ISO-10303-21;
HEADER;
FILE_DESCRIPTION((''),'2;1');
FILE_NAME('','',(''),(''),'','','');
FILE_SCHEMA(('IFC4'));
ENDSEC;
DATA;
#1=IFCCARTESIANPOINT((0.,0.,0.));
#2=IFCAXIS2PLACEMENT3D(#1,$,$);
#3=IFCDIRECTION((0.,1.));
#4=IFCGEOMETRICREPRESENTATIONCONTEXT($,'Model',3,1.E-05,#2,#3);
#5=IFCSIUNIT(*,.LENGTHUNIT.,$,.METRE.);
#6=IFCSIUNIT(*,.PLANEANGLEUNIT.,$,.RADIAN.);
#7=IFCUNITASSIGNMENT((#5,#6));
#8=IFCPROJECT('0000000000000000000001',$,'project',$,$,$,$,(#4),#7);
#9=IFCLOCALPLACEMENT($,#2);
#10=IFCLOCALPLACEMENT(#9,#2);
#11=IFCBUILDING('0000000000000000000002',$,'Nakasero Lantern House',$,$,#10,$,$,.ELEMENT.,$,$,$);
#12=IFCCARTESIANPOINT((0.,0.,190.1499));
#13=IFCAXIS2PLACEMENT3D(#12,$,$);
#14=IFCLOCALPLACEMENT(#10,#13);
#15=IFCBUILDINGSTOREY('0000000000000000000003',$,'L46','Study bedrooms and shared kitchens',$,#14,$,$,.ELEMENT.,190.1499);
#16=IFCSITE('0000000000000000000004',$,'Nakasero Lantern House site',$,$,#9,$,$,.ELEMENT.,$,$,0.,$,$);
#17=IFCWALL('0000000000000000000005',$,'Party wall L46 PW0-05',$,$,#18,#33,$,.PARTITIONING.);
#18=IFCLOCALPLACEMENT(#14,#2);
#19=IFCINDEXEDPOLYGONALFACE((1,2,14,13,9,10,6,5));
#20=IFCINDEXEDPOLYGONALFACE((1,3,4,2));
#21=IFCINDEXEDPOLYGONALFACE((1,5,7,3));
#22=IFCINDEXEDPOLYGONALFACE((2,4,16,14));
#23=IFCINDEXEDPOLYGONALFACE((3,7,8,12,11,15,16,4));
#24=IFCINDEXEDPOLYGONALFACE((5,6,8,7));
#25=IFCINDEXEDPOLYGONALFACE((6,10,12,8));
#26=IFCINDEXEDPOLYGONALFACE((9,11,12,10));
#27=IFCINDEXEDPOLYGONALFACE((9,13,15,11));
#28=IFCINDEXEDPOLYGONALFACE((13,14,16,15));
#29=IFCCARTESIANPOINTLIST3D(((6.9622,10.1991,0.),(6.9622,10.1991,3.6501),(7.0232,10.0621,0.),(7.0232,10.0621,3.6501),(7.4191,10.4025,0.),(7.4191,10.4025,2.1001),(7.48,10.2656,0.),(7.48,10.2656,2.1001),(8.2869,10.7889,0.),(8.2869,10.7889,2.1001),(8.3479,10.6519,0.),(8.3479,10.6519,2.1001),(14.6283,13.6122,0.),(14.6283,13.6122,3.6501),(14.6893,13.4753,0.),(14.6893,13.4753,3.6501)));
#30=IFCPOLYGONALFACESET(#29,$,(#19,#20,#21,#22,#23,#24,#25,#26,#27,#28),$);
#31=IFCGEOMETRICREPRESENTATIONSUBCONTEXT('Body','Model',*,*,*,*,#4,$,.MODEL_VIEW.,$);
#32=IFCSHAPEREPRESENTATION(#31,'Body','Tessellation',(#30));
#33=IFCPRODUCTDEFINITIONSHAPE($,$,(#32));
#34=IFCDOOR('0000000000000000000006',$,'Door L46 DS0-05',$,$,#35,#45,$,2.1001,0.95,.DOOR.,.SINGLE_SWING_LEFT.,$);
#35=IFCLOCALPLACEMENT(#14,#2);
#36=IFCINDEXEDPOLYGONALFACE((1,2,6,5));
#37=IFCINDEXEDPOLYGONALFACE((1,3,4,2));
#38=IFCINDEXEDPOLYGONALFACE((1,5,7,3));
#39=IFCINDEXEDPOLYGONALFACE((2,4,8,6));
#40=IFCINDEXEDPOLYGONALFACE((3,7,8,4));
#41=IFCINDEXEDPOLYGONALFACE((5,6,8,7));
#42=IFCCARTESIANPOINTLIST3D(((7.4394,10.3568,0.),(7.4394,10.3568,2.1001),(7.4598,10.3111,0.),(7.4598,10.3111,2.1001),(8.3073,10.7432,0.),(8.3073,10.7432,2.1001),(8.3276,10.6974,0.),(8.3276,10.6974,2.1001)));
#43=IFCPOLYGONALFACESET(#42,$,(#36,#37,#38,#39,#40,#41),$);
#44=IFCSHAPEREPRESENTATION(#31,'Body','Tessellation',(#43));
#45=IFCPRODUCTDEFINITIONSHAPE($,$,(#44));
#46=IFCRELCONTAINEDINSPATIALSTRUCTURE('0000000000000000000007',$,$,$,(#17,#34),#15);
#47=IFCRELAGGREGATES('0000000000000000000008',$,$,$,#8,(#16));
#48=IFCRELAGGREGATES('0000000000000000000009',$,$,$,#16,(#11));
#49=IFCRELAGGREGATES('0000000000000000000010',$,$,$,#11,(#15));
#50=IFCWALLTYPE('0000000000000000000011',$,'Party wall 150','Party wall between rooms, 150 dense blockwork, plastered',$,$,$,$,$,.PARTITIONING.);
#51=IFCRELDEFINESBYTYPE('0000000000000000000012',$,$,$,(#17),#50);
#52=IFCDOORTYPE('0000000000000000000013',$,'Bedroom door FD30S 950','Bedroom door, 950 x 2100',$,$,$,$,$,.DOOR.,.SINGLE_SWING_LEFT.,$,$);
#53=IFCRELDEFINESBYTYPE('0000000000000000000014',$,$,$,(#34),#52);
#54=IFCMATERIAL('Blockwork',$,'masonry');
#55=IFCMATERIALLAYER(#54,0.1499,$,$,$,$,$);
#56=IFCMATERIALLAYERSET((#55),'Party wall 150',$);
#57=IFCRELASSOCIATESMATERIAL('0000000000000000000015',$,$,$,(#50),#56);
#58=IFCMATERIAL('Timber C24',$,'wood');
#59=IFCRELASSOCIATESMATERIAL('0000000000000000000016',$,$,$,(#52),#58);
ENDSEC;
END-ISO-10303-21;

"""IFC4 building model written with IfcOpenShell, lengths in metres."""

from ifc_helpers import new_model, si_unit, direction, frame, frame_2d, origin, place, context, subcontext, project, spatial, rectangle, extrude, material, layer, layer_set, type_object, element, fill, save


model = new_model("IFC4")

# Units and contexts
model_context = context("Model", 3, precision=1e-05, world=origin(), true_north=direction((0.0, 1.0)))
body_context = subcontext(model_context, "Body", "Model", "MODEL_VIEW")
ifc_project = project(units=[si_unit("LENGTHUNIT", "METRE"), si_unit("PLANEANGLEUNIT", "RADIAN")], contexts=[model_context])

# Site, building, storey
site_placement = place(None, origin())
site = spatial("IfcSite", under=ifc_project, at=site_placement, Name="Nakasero Lantern House site", CompositionType="ELEMENT", RefElevation=0.0)
building_placement = place(site_placement, origin())
building = spatial("IfcBuilding", under=site, at=building_placement, Name="Nakasero Lantern House", CompositionType="ELEMENT")
storey_placement = place(building_placement, frame((0.0, 0.0, 190.1499)))
storey = spatial("IfcBuildingStorey", under=building, at=storey_placement, Name="L46", Description="Study bedrooms and shared kitchens", CompositionType="ELEMENT", Elevation=190.1499)

# Wall, opening, door
ifc_material_1 = material(Name="Blockwork", Category="masonry")
ifc_layer_1 = layer(ifc_material_1, 0.1499)
ifc_layer_set_1 = layer_set([ifc_layer_1], Name="Party wall 150")
wall_type_1 = type_object("IfcWallType", Name="Party wall 150", Description="Party wall between rooms, 150 dense blockwork, plastered", PredefinedType="PARTITIONING", material=ifc_layer_set_1)
wall_1_placement = place(storey_placement, frame((6.9927, 10.1306, 0.0), z_axis=(0.0, 0.0, 1.0), x_axis=(0.913547, 0.406732, 0.0)))
wall_1 = element("IfcWall", 1, at=wall_1_placement, inside=storey, type_object=wall_type_1, Name="Party wall L46 PW0-05", PredefinedType="PARTITIONING", context=body_context, shape_type="SweptSolid", body=[
    extrude(rectangle(XDim=8.3916, YDim=0.1499, at=frame_2d((4.1958, 0.0))), origin(), (0.0, 0.0, 1.0), 3.6501),
])
opening_1_placement = place(wall_1_placement, frame((0.5, 0.0, 0.0)))
opening_1 = element("IfcOpeningElement", 2, at=opening_1_placement, cuts=wall_1, PredefinedType="OPENING", context=body_context, shape_type="SweptSolid", body=[
    extrude(rectangle(XDim=0.95, YDim=2.1001, at=frame_2d((0.4751, 1.05))), frame((0.0, 0.095, 0.0), z_axis=(0.0, -1.0, 0.0), x_axis=(1.0, 0.0, 0.0)), (0.0, 0.0, 1.0), 0.1899),
])
ifc_material_2 = material(Name="Timber C24", Category="wood")
door_type_1 = type_object("IfcDoorType", Name="Bedroom door FD30S 950", Description="Bedroom door, 950 x 2100", OperationType="SINGLE_SWING_LEFT", PredefinedType="DOOR", material=ifc_material_2)
door_1_placement = place(opening_1_placement, origin())
door_1 = element("IfcDoor", 3, at=door_1_placement, inside=storey, type_object=door_type_1, Name="Door L46 DS0-05", OperationType="SINGLE_SWING_LEFT", OverallHeight=2.1001, OverallWidth=0.95, PredefinedType="DOOR", context=body_context, shape_type="SweptSolid", body=[
    extrude(rectangle(XDim=0.95, YDim=2.1001, at=frame_2d((0.4751, 1.05))), frame((0.0, 0.0249, 0.0), z_axis=(0.0, -1.0, 0.0), x_axis=(1.0, 0.0, 0.0)), (0.0, 0.0, 1.0), 0.05),
])
fill(opening_1, door_1)

save(model, "model.ifc")
